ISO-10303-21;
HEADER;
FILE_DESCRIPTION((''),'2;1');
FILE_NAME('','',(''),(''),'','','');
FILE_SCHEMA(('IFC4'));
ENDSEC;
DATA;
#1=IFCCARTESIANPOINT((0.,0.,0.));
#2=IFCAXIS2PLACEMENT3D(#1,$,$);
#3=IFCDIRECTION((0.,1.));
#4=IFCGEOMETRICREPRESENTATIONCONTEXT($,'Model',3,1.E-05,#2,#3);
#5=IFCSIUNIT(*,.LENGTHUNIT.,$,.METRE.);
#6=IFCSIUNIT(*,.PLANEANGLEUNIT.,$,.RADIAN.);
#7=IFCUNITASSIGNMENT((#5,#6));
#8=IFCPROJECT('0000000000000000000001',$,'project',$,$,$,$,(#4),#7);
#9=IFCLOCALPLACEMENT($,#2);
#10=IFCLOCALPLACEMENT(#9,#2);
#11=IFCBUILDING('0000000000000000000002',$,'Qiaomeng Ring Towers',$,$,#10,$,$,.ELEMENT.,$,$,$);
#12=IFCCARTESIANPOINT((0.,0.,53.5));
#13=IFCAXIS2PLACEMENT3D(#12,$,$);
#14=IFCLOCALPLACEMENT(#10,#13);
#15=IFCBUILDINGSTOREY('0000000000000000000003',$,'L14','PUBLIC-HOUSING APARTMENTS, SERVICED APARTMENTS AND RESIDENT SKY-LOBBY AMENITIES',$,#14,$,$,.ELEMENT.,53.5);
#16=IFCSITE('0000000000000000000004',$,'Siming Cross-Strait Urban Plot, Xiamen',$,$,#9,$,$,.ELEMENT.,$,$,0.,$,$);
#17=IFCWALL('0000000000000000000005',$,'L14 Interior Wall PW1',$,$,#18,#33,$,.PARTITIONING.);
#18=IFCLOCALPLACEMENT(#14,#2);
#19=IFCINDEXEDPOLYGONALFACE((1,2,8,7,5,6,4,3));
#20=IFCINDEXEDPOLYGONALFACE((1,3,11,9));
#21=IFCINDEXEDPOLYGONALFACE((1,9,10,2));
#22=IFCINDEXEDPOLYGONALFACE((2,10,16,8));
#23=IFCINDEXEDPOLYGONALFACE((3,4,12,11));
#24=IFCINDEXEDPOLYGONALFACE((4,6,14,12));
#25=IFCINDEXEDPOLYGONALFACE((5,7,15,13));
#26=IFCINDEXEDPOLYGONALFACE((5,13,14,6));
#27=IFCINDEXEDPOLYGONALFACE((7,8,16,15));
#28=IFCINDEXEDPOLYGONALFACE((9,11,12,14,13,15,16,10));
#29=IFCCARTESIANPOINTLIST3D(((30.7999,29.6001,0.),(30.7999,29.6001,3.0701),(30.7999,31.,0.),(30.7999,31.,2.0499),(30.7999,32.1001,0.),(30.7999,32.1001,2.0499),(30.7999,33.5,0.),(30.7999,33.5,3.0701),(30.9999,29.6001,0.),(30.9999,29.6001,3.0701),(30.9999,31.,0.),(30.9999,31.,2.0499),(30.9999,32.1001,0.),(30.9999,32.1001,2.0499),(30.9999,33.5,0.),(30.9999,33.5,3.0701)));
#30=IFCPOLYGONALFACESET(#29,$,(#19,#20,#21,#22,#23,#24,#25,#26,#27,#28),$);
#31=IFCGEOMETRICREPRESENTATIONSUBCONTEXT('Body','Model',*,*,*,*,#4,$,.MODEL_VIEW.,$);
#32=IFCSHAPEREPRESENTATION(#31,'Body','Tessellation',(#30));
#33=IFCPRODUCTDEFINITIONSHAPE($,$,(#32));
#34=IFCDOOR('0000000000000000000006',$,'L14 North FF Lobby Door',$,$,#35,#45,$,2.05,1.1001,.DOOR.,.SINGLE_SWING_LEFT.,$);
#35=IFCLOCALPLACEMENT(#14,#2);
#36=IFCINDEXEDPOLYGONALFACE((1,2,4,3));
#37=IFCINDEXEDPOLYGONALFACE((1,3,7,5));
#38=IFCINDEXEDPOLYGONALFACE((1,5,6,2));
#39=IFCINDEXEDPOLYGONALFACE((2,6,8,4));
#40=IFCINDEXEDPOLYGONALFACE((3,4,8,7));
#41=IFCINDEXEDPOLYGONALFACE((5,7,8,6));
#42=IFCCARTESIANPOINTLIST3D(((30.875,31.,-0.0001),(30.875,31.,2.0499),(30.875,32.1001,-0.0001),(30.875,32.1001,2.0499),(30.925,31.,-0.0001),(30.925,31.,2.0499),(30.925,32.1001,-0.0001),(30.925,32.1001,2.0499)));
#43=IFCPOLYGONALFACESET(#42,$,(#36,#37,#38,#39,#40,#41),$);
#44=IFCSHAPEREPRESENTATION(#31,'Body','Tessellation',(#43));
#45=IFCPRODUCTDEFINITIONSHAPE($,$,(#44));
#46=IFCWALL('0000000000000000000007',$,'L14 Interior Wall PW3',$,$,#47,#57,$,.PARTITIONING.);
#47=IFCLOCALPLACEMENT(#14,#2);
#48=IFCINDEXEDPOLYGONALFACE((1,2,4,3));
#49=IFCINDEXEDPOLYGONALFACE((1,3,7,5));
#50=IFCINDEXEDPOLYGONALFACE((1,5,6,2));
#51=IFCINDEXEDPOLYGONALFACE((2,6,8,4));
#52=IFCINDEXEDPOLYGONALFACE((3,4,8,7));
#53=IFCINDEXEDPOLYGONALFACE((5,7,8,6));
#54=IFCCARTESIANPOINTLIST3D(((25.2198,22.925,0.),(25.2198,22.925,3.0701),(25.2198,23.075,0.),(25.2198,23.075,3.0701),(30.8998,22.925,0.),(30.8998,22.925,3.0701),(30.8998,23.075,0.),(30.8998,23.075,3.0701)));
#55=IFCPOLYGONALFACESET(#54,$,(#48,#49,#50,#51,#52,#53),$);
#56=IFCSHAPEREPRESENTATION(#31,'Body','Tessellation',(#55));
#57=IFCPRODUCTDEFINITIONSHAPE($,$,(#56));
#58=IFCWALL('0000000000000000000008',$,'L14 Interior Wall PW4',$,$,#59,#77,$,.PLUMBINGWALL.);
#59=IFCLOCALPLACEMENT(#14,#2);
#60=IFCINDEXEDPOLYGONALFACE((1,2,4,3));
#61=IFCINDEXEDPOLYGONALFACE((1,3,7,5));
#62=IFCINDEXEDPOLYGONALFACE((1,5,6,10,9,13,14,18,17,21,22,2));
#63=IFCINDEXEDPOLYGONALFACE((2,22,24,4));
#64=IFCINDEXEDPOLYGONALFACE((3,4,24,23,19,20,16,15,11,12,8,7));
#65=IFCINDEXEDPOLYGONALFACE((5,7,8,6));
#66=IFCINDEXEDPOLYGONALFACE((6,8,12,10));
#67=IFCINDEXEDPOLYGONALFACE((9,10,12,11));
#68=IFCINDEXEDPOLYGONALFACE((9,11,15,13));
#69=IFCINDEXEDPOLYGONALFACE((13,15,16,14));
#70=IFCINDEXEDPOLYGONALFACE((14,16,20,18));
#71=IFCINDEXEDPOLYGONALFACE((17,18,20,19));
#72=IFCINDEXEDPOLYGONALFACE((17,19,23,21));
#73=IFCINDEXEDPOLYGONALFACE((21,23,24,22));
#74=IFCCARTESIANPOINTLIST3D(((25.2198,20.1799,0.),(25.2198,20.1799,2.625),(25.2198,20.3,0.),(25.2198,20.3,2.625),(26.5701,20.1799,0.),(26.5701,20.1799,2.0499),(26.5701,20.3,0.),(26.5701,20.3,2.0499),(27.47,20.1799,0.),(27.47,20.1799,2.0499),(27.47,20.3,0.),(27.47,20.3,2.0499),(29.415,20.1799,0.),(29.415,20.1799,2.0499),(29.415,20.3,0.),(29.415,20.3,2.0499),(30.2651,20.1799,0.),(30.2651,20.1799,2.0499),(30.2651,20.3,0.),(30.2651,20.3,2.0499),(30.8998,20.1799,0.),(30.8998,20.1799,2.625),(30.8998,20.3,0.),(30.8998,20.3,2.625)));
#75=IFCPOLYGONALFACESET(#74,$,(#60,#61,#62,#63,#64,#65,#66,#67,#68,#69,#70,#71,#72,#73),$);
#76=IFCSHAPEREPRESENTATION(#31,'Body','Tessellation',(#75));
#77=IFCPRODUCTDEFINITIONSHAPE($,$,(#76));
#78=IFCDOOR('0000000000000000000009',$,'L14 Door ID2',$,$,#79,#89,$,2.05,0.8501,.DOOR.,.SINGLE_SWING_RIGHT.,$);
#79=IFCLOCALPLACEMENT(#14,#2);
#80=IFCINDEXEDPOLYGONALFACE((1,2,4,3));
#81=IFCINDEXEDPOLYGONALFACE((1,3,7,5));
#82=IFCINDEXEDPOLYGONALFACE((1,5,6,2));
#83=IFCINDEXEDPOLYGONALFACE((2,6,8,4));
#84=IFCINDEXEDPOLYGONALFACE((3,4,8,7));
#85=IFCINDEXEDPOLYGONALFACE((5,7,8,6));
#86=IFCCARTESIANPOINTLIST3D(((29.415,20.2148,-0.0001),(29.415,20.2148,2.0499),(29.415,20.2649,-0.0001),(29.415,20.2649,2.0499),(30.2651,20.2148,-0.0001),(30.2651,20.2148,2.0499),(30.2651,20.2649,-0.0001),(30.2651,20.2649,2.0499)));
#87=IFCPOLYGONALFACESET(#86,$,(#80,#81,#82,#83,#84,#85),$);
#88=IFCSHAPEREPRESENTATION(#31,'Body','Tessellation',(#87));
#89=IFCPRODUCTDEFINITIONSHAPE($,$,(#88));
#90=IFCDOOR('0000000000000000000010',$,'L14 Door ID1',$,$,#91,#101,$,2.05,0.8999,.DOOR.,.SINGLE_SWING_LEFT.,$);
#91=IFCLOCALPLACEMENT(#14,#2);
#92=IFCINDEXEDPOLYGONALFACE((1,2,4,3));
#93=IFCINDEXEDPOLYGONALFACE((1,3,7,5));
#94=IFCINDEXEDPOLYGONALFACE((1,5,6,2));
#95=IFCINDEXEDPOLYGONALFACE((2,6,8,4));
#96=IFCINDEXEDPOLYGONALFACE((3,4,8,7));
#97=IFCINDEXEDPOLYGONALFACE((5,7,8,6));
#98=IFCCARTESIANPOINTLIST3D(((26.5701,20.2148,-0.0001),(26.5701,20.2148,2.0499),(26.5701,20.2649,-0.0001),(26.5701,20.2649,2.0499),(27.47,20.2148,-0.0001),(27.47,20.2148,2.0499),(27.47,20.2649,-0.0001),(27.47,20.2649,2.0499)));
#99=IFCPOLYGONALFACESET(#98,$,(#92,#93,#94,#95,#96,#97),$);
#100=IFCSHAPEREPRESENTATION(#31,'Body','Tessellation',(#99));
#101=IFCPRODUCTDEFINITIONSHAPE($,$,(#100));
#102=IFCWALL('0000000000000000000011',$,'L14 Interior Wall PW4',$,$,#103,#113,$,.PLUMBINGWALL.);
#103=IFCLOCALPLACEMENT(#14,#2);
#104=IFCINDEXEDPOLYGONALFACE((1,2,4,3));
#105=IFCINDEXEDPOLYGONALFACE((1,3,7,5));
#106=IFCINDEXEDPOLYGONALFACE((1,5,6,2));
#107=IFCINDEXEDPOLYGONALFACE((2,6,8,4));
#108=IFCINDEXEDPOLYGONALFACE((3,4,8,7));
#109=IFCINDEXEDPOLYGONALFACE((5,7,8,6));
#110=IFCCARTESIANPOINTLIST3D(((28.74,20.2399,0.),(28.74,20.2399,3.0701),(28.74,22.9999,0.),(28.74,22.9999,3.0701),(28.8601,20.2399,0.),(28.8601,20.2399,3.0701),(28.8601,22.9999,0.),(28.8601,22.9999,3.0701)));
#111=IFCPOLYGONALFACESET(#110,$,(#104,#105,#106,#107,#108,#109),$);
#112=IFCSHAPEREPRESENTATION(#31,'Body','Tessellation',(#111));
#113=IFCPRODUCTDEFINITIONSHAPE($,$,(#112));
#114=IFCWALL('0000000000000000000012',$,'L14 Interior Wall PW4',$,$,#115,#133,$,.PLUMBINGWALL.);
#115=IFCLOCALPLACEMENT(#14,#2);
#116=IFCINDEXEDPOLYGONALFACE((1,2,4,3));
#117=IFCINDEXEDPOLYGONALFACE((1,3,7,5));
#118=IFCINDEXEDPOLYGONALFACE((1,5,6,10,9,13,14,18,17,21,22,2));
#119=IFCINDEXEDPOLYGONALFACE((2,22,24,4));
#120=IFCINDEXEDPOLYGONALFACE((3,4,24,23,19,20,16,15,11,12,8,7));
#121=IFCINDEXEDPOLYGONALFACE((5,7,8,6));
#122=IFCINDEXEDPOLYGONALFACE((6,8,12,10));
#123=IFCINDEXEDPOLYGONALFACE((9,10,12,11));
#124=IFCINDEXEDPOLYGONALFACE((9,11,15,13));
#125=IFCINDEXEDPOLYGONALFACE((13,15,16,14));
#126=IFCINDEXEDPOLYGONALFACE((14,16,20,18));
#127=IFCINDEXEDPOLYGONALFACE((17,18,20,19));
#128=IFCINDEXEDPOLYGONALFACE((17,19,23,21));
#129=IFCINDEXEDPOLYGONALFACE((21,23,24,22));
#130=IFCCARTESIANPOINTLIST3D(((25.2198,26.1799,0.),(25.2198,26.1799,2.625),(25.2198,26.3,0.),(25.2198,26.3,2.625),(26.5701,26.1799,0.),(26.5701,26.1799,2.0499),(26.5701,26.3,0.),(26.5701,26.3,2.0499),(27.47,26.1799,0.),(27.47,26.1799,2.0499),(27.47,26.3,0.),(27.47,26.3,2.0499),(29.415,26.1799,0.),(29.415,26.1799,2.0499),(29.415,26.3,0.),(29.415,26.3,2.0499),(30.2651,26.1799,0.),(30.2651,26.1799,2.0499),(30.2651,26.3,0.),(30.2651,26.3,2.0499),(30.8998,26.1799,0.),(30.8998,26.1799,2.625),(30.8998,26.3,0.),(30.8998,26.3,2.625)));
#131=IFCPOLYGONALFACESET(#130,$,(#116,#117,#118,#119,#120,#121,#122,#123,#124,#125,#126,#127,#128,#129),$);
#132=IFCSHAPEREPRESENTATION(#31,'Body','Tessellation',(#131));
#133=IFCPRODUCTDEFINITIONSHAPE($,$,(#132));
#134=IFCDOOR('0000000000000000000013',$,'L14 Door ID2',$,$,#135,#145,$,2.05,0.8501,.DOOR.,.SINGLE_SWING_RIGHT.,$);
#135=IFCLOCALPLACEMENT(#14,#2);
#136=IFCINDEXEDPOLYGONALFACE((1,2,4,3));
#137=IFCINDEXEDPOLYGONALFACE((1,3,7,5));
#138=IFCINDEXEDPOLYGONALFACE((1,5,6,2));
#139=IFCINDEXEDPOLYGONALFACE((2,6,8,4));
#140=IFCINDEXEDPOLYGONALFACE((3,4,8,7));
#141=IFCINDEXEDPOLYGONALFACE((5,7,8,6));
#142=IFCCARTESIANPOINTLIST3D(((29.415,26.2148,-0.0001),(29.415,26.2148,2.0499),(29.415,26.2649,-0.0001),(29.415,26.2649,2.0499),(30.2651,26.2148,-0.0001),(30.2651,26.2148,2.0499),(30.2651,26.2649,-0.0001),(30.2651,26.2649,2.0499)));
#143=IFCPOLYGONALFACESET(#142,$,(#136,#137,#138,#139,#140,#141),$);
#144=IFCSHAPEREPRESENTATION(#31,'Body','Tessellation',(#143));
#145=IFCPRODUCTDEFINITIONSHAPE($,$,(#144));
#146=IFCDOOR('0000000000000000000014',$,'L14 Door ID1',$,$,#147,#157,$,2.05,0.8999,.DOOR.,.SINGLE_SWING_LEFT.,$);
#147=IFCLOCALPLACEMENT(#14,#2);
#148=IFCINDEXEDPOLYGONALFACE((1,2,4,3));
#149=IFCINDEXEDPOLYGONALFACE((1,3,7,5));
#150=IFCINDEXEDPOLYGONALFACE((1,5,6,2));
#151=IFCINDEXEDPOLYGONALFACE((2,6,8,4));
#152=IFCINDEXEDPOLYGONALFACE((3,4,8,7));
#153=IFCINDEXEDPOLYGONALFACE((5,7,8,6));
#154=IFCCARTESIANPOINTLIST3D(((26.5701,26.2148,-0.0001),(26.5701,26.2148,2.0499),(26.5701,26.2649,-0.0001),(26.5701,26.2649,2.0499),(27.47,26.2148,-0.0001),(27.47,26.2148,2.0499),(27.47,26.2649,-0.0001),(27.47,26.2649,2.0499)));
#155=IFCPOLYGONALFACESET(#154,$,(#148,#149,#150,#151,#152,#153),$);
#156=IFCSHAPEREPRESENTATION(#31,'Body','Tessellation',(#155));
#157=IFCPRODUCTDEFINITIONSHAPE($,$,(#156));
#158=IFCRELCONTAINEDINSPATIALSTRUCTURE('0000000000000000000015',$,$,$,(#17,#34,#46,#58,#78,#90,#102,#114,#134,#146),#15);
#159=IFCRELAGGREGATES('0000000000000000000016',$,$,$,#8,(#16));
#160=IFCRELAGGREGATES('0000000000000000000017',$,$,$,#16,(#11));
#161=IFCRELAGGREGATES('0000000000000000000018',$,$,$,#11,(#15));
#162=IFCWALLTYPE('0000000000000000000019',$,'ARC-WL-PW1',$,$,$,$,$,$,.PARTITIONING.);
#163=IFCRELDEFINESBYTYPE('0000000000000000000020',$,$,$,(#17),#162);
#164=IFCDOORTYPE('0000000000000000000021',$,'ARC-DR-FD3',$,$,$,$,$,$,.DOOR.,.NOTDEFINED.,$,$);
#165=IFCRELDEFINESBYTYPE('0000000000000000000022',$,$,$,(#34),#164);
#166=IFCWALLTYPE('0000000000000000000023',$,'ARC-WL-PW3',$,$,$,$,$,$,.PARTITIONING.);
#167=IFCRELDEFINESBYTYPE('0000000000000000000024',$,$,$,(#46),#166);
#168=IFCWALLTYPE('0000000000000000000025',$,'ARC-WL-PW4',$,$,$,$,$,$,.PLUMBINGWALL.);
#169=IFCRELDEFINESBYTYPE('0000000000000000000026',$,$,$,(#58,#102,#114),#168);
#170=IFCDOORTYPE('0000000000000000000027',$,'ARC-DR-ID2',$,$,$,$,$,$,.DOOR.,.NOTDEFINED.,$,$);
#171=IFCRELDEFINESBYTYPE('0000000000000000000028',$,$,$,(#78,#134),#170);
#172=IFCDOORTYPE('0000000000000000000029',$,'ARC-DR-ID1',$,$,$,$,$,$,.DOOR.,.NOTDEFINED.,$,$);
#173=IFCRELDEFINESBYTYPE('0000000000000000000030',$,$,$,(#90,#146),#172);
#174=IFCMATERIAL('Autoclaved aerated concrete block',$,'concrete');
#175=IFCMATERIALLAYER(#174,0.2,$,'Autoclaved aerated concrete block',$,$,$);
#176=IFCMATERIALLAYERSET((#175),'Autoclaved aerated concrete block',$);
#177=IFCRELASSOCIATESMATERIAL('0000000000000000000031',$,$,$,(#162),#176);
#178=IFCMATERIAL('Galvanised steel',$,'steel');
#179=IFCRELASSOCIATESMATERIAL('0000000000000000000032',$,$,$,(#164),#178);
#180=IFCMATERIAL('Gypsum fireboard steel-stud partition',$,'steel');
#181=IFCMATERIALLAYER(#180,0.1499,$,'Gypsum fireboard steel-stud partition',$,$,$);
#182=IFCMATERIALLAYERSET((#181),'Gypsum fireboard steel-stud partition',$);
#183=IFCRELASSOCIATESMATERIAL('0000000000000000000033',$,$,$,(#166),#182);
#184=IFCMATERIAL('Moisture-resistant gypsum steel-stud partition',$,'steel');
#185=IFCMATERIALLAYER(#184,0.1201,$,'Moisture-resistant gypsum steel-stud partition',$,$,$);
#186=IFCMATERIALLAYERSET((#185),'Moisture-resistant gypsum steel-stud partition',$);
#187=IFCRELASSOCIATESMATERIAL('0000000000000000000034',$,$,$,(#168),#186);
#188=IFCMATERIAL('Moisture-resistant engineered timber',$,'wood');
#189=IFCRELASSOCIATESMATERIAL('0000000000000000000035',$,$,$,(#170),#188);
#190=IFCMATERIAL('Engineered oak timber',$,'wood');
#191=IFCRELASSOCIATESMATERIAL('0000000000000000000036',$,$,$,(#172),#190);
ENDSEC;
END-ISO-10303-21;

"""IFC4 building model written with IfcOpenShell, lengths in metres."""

from ifc_helpers import new_model, si_unit, direction, frame, frame_2d, origin, place, context, subcontext, project, spatial, rectangle, extrude, source, transform, mapped, material, layer, layer_set, type_object, element, fill, save


model = new_model("IFC4")

# Units and contexts
model_context = context("Model", 3, precision=1e-05, world=origin(), true_north=direction((0.0, 1.0)))
body_context = subcontext(model_context, "Body", "Model", "MODEL_VIEW")
ifc_project = project(units=[si_unit("LENGTHUNIT", "METRE"), si_unit("PLANEANGLEUNIT", "RADIAN")], contexts=[model_context])

# Site, building, storey
site_placement = place(None, origin())
site = spatial("IfcSite", under=ifc_project, at=site_placement, Name="Siming Cross-Strait Urban Plot, Xiamen", CompositionType="ELEMENT", RefElevation=0.0)
building_placement = place(site_placement, origin())
building = spatial("IfcBuilding", under=site, at=building_placement, Name="Qiaomeng Ring Towers", CompositionType="ELEMENT")
storey_placement = place(building_placement, frame((0.0, 0.0, 53.5)))
storey = spatial("IfcBuildingStorey", under=building, at=storey_placement, Name="L14", Description="PUBLIC-HOUSING APARTMENTS, SERVICED APARTMENTS AND RESIDENT SKY-LOBBY AMENITIES", CompositionType="ELEMENT", Elevation=53.5)

# Shared definitions
ifc_material_1 = material(Name="Autoclaved aerated concrete block", Category="concrete")
ifc_layer_1 = layer(ifc_material_1, 0.2, Name="Autoclaved aerated concrete block")
ifc_layer_set_1 = layer_set([ifc_layer_1], Name="Autoclaved aerated concrete block")
wall_type_1 = type_object("IfcWallType", Name="ARC-WL-PW1", PredefinedType="PARTITIONING", material=ifc_layer_set_1)

# Wall, opening, door
wall_1_placement = place(storey_placement, frame((30.8999, 29.6001, 0.0), z_axis=(0.0, 0.0, 1.0), x_axis=(0.0, 1.0, 0.0)))
wall_1 = element("IfcWall", 1, at=wall_1_placement, inside=storey, type_object=wall_type_1, Name="L14 Interior Wall PW1", PredefinedType="PARTITIONING", context=body_context, shape_type="SweptSolid", body=[
    extrude(rectangle(XDim=3.8999, YDim=0.2, at=frame_2d((1.95, 0.0))), origin(), (0.0, 0.0, 1.0), 3.0701),
])
opening_1_placement = place(wall_1_placement, frame((1.3999, 0.0, 0.0)))
opening_1 = element("IfcOpeningElement", 2, at=opening_1_placement, cuts=wall_1, PredefinedType="OPENING", context=body_context, shape_type="SweptSolid", body=[
    extrude(rectangle(XDim=1.1001, YDim=2.05, at=frame_2d((0.55, 1.0249))), frame((0.0, 0.1099, 0.0), z_axis=(0.0, -1.0, 0.0), x_axis=(1.0, 0.0, 0.0)), (0.0, 0.0, 1.0), 0.22),
])
ifc_material_2 = material(Name="Galvanised steel", Category="steel")
door_type_1 = type_object("IfcDoorType", Name="ARC-DR-FD3", OperationType="NOTDEFINED", PredefinedType="DOOR", material=ifc_material_2)
shared_shape_1 = source(origin(), body_context, "Body", "SweptSolid", [
    extrude(rectangle(XDim=1.1001, YDim=2.05, at=frame_2d((0.55, 1.0249))), frame((0.0, 0.0249, 0.0), z_axis=(0.0, -1.0, 0.0), x_axis=(1.0, 0.0, 0.0)), (0.0, 0.0, 1.0), 0.05),
])
door_1_placement = place(opening_1_placement, origin())
door_1 = element("IfcDoor", 3, at=door_1_placement, inside=storey, type_object=door_type_1, Name="L14 North FF Lobby Door", OperationType="SINGLE_SWING_LEFT", OverallHeight=2.05, OverallWidth=1.1001, PredefinedType="DOOR", context=body_context, shape_type="MappedRepresentation", body=[
    mapped(shared_shape_1, transform((0.0, 0.0, 0.0), x_axis=(1.0, 0.0, 0.0), y_axis=(0.0, 1.0, 0.0), z_axis=(0.0, 0.0, 1.0), scale=1.0)),
])
fill(opening_1, door_1)

# Wall
ifc_material_3 = material(Name="Gypsum fireboard steel-stud partition", Category="steel")
ifc_layer_2 = layer(ifc_material_3, 0.1499, Name="Gypsum fireboard steel-stud partition")
ifc_layer_set_2 = layer_set([ifc_layer_2], Name="Gypsum fireboard steel-stud partition")
wall_type_2 = type_object("IfcWallType", Name="ARC-WL-PW3", PredefinedType="PARTITIONING", material=ifc_layer_set_2)
wall_2_placement = place(storey_placement, frame((25.22, 23.0, 0.0), z_axis=(0.0, 0.0, 1.0), x_axis=(1.0, 0.0, 0.0)))
element("IfcWall", 4, at=wall_2_placement, inside=storey, type_object=wall_type_2, Name="L14 Interior Wall PW3", PredefinedType="PARTITIONING", context=body_context, shape_type="SweptSolid", body=[
    extrude(rectangle(XDim=5.6799, YDim=0.1499, at=frame_2d((2.8398, 0.0))), origin(), (0.0, 0.0, 1.0), 3.0701),
])

# Wall, openings, doors
ifc_material_4 = material(Name="Moisture-resistant gypsum steel-stud partition", Category="steel")
ifc_layer_3 = layer(ifc_material_4, 0.1201, Name="Moisture-resistant gypsum steel-stud partition")
ifc_layer_set_3 = layer_set([ifc_layer_3], Name="Moisture-resistant gypsum steel-stud partition")
wall_type_3 = type_object("IfcWallType", Name="ARC-WL-PW4", PredefinedType="PLUMBINGWALL", material=ifc_layer_set_3)
wall_3_placement = place(storey_placement, frame((25.22, 20.24, 0.0), z_axis=(0.0, 0.0, 1.0), x_axis=(1.0, 0.0, 0.0)))
wall_3 = element("IfcWall", 5, at=wall_3_placement, inside=storey, type_object=wall_type_3, Name="L14 Interior Wall PW4", PredefinedType="PLUMBINGWALL", context=body_context, shape_type="SweptSolid", body=[
    extrude(rectangle(XDim=5.6799, YDim=0.1201, at=frame_2d((2.8398, 0.0))), origin(), (0.0, 0.0, 1.0), 2.625),
])
opening_2_placement = place(wall_3_placement, frame((1.3501, 0.0, 0.0)))
opening_2 = element("IfcOpeningElement", 6, at=opening_2_placement, cuts=wall_3, PredefinedType="OPENING", context=body_context, shape_type="SweptSolid", body=[
    extrude(rectangle(XDim=0.8999, YDim=2.05, at=frame_2d((0.45, 1.0249))), frame((0.0, 0.0701, 0.0), z_axis=(0.0, -1.0, 0.0), x_axis=(1.0, 0.0, 0.0)), (0.0, 0.0, 1.0), 0.1401),
])
opening_3_placement = place(wall_3_placement, frame((4.1951, 0.0, 0.0)))
opening_3 = element("IfcOpeningElement", 7, at=opening_3_placement, cuts=wall_3, PredefinedType="OPENING", context=body_context, shape_type="SweptSolid", body=[
    extrude(rectangle(XDim=0.8501, YDim=2.05, at=frame_2d((0.425, 1.0249))), frame((0.0, 0.0701, 0.0), z_axis=(0.0, -1.0, 0.0), x_axis=(1.0, 0.0, 0.0)), (0.0, 0.0, 1.0), 0.1401),
])
ifc_material_5 = material(Name="Moisture-resistant engineered timber", Category="wood")
door_type_2 = type_object("IfcDoorType", Name="ARC-DR-ID2", OperationType="NOTDEFINED", PredefinedType="DOOR", material=ifc_material_5)
shared_shape_2 = source(origin(), body_context, "Body", "SweptSolid", [
    extrude(rectangle(XDim=0.8501, YDim=2.05, at=frame_2d((0.425, 1.0249))), frame((0.0, 0.0249, 0.0), z_axis=(0.0, -1.0, 0.0), x_axis=(1.0, 0.0, 0.0)), (0.0, 0.0, 1.0), 0.05),
])
door_2_placement = place(opening_3_placement, origin())
door_2 = element("IfcDoor", 8, at=door_2_placement, inside=storey, type_object=door_type_2, Name="L14 Door ID2", OperationType="SINGLE_SWING_RIGHT", OverallHeight=2.05, OverallWidth=0.8501, PredefinedType="DOOR", context=body_context, shape_type="MappedRepresentation", body=[
    mapped(shared_shape_2, transform((0.0, 0.0, 0.0), x_axis=(1.0, 0.0, 0.0), y_axis=(0.0, 1.0, 0.0), z_axis=(0.0, 0.0, 1.0), scale=1.0)),
])
fill(opening_3, door_2)
ifc_material_6 = material(Name="Engineered oak timber", Category="wood")
door_type_3 = type_object("IfcDoorType", Name="ARC-DR-ID1", OperationType="NOTDEFINED", PredefinedType="DOOR", material=ifc_material_6)
shared_shape_3 = source(origin(), body_context, "Body", "SweptSolid", [
    extrude(rectangle(XDim=0.8999, YDim=2.05, at=frame_2d((0.45, 1.0249))), frame((0.0, 0.0249, 0.0), z_axis=(0.0, -1.0, 0.0), x_axis=(1.0, 0.0, 0.0)), (0.0, 0.0, 1.0), 0.05),
])
door_3_placement = place(opening_2_placement, origin())
door_3 = element("IfcDoor", 9, at=door_3_placement, inside=storey, type_object=door_type_3, Name="L14 Door ID1", OperationType="SINGLE_SWING_LEFT", OverallHeight=2.05, OverallWidth=0.8999, PredefinedType="DOOR", context=body_context, shape_type="MappedRepresentation", body=[
    mapped(shared_shape_3, transform((0.0, 0.0, 0.0), x_axis=(1.0, 0.0, 0.0), y_axis=(0.0, 1.0, 0.0), z_axis=(0.0, 0.0, 1.0), scale=1.0)),
])
fill(opening_2, door_3)

# Wall
wall_4_placement = place(storey_placement, frame((28.8, 20.24, 0.0), z_axis=(0.0, 0.0, 1.0), x_axis=(0.0, 1.0, 0.0)))
element("IfcWall", 10, at=wall_4_placement, inside=storey, type_object=wall_type_3, Name="L14 Interior Wall PW4", PredefinedType="PLUMBINGWALL", context=body_context, shape_type="SweptSolid", body=[
    extrude(rectangle(XDim=2.76, YDim=0.1201, at=frame_2d((1.3799, 0.0))), origin(), (0.0, 0.0, 1.0), 3.0701),
])

# Wall, openings, doors
wall_5_placement = place(storey_placement, frame((25.22, 26.24, 0.0), z_axis=(0.0, 0.0, 1.0), x_axis=(1.0, 0.0, 0.0)))
wall_5 = element("IfcWall", 11, at=wall_5_placement, inside=storey, type_object=wall_type_3, Name="L14 Interior Wall PW4", PredefinedType="PLUMBINGWALL", context=body_context, shape_type="SweptSolid", body=[
    extrude(rectangle(XDim=5.6799, YDim=0.1201, at=frame_2d((2.8398, 0.0))), origin(), (0.0, 0.0, 1.0), 2.625),
])
opening_4_placement = place(wall_5_placement, frame((1.3501, 0.0, 0.0)))
opening_4 = element("IfcOpeningElement", 12, at=opening_4_placement, cuts=wall_5, PredefinedType="OPENING", context=body_context, shape_type="SweptSolid", body=[
    extrude(rectangle(XDim=0.8999, YDim=2.05, at=frame_2d((0.45, 1.0249))), frame((0.0, 0.0701, 0.0), z_axis=(0.0, -1.0, 0.0), x_axis=(1.0, 0.0, 0.0)), (0.0, 0.0, 1.0), 0.1401),
])
opening_5_placement = place(wall_5_placement, frame((4.1951, 0.0, 0.0)))
opening_5 = element("IfcOpeningElement", 13, at=opening_5_placement, cuts=wall_5, PredefinedType="OPENING", context=body_context, shape_type="SweptSolid", body=[
    extrude(rectangle(XDim=0.8501, YDim=2.05, at=frame_2d((0.425, 1.0249))), frame((0.0, 0.0701, 0.0), z_axis=(0.0, -1.0, 0.0), x_axis=(1.0, 0.0, 0.0)), (0.0, 0.0, 1.0), 0.1401),
])
door_4_placement = place(opening_5_placement, origin())
door_4 = element("IfcDoor", 14, at=door_4_placement, inside=storey, type_object=door_type_2, Name="L14 Door ID2", OperationType="SINGLE_SWING_RIGHT", OverallHeight=2.05, OverallWidth=0.8501, PredefinedType="DOOR", context=body_context, shape_type="MappedRepresentation", body=[
    mapped(shared_shape_2, transform((0.0, 0.0, 0.0), x_axis=(1.0, 0.0, 0.0), y_axis=(0.0, 1.0, 0.0), z_axis=(0.0, 0.0, 1.0), scale=1.0)),
])
fill(opening_5, door_4)
door_5_placement = place(opening_4_placement, origin())
door_5 = element("IfcDoor", 15, at=door_5_placement, inside=storey, type_object=door_type_3, Name="L14 Door ID1", OperationType="SINGLE_SWING_LEFT", OverallHeight=2.05, OverallWidth=0.8999, PredefinedType="DOOR", context=body_context, shape_type="MappedRepresentation", body=[
    mapped(shared_shape_3, transform((0.0, 0.0, 0.0), x_axis=(1.0, 0.0, 0.0), y_axis=(0.0, 1.0, 0.0), z_axis=(0.0, 0.0, 1.0), scale=1.0)),
])
fill(opening_4, door_5)

save(model, "model.ifc")
